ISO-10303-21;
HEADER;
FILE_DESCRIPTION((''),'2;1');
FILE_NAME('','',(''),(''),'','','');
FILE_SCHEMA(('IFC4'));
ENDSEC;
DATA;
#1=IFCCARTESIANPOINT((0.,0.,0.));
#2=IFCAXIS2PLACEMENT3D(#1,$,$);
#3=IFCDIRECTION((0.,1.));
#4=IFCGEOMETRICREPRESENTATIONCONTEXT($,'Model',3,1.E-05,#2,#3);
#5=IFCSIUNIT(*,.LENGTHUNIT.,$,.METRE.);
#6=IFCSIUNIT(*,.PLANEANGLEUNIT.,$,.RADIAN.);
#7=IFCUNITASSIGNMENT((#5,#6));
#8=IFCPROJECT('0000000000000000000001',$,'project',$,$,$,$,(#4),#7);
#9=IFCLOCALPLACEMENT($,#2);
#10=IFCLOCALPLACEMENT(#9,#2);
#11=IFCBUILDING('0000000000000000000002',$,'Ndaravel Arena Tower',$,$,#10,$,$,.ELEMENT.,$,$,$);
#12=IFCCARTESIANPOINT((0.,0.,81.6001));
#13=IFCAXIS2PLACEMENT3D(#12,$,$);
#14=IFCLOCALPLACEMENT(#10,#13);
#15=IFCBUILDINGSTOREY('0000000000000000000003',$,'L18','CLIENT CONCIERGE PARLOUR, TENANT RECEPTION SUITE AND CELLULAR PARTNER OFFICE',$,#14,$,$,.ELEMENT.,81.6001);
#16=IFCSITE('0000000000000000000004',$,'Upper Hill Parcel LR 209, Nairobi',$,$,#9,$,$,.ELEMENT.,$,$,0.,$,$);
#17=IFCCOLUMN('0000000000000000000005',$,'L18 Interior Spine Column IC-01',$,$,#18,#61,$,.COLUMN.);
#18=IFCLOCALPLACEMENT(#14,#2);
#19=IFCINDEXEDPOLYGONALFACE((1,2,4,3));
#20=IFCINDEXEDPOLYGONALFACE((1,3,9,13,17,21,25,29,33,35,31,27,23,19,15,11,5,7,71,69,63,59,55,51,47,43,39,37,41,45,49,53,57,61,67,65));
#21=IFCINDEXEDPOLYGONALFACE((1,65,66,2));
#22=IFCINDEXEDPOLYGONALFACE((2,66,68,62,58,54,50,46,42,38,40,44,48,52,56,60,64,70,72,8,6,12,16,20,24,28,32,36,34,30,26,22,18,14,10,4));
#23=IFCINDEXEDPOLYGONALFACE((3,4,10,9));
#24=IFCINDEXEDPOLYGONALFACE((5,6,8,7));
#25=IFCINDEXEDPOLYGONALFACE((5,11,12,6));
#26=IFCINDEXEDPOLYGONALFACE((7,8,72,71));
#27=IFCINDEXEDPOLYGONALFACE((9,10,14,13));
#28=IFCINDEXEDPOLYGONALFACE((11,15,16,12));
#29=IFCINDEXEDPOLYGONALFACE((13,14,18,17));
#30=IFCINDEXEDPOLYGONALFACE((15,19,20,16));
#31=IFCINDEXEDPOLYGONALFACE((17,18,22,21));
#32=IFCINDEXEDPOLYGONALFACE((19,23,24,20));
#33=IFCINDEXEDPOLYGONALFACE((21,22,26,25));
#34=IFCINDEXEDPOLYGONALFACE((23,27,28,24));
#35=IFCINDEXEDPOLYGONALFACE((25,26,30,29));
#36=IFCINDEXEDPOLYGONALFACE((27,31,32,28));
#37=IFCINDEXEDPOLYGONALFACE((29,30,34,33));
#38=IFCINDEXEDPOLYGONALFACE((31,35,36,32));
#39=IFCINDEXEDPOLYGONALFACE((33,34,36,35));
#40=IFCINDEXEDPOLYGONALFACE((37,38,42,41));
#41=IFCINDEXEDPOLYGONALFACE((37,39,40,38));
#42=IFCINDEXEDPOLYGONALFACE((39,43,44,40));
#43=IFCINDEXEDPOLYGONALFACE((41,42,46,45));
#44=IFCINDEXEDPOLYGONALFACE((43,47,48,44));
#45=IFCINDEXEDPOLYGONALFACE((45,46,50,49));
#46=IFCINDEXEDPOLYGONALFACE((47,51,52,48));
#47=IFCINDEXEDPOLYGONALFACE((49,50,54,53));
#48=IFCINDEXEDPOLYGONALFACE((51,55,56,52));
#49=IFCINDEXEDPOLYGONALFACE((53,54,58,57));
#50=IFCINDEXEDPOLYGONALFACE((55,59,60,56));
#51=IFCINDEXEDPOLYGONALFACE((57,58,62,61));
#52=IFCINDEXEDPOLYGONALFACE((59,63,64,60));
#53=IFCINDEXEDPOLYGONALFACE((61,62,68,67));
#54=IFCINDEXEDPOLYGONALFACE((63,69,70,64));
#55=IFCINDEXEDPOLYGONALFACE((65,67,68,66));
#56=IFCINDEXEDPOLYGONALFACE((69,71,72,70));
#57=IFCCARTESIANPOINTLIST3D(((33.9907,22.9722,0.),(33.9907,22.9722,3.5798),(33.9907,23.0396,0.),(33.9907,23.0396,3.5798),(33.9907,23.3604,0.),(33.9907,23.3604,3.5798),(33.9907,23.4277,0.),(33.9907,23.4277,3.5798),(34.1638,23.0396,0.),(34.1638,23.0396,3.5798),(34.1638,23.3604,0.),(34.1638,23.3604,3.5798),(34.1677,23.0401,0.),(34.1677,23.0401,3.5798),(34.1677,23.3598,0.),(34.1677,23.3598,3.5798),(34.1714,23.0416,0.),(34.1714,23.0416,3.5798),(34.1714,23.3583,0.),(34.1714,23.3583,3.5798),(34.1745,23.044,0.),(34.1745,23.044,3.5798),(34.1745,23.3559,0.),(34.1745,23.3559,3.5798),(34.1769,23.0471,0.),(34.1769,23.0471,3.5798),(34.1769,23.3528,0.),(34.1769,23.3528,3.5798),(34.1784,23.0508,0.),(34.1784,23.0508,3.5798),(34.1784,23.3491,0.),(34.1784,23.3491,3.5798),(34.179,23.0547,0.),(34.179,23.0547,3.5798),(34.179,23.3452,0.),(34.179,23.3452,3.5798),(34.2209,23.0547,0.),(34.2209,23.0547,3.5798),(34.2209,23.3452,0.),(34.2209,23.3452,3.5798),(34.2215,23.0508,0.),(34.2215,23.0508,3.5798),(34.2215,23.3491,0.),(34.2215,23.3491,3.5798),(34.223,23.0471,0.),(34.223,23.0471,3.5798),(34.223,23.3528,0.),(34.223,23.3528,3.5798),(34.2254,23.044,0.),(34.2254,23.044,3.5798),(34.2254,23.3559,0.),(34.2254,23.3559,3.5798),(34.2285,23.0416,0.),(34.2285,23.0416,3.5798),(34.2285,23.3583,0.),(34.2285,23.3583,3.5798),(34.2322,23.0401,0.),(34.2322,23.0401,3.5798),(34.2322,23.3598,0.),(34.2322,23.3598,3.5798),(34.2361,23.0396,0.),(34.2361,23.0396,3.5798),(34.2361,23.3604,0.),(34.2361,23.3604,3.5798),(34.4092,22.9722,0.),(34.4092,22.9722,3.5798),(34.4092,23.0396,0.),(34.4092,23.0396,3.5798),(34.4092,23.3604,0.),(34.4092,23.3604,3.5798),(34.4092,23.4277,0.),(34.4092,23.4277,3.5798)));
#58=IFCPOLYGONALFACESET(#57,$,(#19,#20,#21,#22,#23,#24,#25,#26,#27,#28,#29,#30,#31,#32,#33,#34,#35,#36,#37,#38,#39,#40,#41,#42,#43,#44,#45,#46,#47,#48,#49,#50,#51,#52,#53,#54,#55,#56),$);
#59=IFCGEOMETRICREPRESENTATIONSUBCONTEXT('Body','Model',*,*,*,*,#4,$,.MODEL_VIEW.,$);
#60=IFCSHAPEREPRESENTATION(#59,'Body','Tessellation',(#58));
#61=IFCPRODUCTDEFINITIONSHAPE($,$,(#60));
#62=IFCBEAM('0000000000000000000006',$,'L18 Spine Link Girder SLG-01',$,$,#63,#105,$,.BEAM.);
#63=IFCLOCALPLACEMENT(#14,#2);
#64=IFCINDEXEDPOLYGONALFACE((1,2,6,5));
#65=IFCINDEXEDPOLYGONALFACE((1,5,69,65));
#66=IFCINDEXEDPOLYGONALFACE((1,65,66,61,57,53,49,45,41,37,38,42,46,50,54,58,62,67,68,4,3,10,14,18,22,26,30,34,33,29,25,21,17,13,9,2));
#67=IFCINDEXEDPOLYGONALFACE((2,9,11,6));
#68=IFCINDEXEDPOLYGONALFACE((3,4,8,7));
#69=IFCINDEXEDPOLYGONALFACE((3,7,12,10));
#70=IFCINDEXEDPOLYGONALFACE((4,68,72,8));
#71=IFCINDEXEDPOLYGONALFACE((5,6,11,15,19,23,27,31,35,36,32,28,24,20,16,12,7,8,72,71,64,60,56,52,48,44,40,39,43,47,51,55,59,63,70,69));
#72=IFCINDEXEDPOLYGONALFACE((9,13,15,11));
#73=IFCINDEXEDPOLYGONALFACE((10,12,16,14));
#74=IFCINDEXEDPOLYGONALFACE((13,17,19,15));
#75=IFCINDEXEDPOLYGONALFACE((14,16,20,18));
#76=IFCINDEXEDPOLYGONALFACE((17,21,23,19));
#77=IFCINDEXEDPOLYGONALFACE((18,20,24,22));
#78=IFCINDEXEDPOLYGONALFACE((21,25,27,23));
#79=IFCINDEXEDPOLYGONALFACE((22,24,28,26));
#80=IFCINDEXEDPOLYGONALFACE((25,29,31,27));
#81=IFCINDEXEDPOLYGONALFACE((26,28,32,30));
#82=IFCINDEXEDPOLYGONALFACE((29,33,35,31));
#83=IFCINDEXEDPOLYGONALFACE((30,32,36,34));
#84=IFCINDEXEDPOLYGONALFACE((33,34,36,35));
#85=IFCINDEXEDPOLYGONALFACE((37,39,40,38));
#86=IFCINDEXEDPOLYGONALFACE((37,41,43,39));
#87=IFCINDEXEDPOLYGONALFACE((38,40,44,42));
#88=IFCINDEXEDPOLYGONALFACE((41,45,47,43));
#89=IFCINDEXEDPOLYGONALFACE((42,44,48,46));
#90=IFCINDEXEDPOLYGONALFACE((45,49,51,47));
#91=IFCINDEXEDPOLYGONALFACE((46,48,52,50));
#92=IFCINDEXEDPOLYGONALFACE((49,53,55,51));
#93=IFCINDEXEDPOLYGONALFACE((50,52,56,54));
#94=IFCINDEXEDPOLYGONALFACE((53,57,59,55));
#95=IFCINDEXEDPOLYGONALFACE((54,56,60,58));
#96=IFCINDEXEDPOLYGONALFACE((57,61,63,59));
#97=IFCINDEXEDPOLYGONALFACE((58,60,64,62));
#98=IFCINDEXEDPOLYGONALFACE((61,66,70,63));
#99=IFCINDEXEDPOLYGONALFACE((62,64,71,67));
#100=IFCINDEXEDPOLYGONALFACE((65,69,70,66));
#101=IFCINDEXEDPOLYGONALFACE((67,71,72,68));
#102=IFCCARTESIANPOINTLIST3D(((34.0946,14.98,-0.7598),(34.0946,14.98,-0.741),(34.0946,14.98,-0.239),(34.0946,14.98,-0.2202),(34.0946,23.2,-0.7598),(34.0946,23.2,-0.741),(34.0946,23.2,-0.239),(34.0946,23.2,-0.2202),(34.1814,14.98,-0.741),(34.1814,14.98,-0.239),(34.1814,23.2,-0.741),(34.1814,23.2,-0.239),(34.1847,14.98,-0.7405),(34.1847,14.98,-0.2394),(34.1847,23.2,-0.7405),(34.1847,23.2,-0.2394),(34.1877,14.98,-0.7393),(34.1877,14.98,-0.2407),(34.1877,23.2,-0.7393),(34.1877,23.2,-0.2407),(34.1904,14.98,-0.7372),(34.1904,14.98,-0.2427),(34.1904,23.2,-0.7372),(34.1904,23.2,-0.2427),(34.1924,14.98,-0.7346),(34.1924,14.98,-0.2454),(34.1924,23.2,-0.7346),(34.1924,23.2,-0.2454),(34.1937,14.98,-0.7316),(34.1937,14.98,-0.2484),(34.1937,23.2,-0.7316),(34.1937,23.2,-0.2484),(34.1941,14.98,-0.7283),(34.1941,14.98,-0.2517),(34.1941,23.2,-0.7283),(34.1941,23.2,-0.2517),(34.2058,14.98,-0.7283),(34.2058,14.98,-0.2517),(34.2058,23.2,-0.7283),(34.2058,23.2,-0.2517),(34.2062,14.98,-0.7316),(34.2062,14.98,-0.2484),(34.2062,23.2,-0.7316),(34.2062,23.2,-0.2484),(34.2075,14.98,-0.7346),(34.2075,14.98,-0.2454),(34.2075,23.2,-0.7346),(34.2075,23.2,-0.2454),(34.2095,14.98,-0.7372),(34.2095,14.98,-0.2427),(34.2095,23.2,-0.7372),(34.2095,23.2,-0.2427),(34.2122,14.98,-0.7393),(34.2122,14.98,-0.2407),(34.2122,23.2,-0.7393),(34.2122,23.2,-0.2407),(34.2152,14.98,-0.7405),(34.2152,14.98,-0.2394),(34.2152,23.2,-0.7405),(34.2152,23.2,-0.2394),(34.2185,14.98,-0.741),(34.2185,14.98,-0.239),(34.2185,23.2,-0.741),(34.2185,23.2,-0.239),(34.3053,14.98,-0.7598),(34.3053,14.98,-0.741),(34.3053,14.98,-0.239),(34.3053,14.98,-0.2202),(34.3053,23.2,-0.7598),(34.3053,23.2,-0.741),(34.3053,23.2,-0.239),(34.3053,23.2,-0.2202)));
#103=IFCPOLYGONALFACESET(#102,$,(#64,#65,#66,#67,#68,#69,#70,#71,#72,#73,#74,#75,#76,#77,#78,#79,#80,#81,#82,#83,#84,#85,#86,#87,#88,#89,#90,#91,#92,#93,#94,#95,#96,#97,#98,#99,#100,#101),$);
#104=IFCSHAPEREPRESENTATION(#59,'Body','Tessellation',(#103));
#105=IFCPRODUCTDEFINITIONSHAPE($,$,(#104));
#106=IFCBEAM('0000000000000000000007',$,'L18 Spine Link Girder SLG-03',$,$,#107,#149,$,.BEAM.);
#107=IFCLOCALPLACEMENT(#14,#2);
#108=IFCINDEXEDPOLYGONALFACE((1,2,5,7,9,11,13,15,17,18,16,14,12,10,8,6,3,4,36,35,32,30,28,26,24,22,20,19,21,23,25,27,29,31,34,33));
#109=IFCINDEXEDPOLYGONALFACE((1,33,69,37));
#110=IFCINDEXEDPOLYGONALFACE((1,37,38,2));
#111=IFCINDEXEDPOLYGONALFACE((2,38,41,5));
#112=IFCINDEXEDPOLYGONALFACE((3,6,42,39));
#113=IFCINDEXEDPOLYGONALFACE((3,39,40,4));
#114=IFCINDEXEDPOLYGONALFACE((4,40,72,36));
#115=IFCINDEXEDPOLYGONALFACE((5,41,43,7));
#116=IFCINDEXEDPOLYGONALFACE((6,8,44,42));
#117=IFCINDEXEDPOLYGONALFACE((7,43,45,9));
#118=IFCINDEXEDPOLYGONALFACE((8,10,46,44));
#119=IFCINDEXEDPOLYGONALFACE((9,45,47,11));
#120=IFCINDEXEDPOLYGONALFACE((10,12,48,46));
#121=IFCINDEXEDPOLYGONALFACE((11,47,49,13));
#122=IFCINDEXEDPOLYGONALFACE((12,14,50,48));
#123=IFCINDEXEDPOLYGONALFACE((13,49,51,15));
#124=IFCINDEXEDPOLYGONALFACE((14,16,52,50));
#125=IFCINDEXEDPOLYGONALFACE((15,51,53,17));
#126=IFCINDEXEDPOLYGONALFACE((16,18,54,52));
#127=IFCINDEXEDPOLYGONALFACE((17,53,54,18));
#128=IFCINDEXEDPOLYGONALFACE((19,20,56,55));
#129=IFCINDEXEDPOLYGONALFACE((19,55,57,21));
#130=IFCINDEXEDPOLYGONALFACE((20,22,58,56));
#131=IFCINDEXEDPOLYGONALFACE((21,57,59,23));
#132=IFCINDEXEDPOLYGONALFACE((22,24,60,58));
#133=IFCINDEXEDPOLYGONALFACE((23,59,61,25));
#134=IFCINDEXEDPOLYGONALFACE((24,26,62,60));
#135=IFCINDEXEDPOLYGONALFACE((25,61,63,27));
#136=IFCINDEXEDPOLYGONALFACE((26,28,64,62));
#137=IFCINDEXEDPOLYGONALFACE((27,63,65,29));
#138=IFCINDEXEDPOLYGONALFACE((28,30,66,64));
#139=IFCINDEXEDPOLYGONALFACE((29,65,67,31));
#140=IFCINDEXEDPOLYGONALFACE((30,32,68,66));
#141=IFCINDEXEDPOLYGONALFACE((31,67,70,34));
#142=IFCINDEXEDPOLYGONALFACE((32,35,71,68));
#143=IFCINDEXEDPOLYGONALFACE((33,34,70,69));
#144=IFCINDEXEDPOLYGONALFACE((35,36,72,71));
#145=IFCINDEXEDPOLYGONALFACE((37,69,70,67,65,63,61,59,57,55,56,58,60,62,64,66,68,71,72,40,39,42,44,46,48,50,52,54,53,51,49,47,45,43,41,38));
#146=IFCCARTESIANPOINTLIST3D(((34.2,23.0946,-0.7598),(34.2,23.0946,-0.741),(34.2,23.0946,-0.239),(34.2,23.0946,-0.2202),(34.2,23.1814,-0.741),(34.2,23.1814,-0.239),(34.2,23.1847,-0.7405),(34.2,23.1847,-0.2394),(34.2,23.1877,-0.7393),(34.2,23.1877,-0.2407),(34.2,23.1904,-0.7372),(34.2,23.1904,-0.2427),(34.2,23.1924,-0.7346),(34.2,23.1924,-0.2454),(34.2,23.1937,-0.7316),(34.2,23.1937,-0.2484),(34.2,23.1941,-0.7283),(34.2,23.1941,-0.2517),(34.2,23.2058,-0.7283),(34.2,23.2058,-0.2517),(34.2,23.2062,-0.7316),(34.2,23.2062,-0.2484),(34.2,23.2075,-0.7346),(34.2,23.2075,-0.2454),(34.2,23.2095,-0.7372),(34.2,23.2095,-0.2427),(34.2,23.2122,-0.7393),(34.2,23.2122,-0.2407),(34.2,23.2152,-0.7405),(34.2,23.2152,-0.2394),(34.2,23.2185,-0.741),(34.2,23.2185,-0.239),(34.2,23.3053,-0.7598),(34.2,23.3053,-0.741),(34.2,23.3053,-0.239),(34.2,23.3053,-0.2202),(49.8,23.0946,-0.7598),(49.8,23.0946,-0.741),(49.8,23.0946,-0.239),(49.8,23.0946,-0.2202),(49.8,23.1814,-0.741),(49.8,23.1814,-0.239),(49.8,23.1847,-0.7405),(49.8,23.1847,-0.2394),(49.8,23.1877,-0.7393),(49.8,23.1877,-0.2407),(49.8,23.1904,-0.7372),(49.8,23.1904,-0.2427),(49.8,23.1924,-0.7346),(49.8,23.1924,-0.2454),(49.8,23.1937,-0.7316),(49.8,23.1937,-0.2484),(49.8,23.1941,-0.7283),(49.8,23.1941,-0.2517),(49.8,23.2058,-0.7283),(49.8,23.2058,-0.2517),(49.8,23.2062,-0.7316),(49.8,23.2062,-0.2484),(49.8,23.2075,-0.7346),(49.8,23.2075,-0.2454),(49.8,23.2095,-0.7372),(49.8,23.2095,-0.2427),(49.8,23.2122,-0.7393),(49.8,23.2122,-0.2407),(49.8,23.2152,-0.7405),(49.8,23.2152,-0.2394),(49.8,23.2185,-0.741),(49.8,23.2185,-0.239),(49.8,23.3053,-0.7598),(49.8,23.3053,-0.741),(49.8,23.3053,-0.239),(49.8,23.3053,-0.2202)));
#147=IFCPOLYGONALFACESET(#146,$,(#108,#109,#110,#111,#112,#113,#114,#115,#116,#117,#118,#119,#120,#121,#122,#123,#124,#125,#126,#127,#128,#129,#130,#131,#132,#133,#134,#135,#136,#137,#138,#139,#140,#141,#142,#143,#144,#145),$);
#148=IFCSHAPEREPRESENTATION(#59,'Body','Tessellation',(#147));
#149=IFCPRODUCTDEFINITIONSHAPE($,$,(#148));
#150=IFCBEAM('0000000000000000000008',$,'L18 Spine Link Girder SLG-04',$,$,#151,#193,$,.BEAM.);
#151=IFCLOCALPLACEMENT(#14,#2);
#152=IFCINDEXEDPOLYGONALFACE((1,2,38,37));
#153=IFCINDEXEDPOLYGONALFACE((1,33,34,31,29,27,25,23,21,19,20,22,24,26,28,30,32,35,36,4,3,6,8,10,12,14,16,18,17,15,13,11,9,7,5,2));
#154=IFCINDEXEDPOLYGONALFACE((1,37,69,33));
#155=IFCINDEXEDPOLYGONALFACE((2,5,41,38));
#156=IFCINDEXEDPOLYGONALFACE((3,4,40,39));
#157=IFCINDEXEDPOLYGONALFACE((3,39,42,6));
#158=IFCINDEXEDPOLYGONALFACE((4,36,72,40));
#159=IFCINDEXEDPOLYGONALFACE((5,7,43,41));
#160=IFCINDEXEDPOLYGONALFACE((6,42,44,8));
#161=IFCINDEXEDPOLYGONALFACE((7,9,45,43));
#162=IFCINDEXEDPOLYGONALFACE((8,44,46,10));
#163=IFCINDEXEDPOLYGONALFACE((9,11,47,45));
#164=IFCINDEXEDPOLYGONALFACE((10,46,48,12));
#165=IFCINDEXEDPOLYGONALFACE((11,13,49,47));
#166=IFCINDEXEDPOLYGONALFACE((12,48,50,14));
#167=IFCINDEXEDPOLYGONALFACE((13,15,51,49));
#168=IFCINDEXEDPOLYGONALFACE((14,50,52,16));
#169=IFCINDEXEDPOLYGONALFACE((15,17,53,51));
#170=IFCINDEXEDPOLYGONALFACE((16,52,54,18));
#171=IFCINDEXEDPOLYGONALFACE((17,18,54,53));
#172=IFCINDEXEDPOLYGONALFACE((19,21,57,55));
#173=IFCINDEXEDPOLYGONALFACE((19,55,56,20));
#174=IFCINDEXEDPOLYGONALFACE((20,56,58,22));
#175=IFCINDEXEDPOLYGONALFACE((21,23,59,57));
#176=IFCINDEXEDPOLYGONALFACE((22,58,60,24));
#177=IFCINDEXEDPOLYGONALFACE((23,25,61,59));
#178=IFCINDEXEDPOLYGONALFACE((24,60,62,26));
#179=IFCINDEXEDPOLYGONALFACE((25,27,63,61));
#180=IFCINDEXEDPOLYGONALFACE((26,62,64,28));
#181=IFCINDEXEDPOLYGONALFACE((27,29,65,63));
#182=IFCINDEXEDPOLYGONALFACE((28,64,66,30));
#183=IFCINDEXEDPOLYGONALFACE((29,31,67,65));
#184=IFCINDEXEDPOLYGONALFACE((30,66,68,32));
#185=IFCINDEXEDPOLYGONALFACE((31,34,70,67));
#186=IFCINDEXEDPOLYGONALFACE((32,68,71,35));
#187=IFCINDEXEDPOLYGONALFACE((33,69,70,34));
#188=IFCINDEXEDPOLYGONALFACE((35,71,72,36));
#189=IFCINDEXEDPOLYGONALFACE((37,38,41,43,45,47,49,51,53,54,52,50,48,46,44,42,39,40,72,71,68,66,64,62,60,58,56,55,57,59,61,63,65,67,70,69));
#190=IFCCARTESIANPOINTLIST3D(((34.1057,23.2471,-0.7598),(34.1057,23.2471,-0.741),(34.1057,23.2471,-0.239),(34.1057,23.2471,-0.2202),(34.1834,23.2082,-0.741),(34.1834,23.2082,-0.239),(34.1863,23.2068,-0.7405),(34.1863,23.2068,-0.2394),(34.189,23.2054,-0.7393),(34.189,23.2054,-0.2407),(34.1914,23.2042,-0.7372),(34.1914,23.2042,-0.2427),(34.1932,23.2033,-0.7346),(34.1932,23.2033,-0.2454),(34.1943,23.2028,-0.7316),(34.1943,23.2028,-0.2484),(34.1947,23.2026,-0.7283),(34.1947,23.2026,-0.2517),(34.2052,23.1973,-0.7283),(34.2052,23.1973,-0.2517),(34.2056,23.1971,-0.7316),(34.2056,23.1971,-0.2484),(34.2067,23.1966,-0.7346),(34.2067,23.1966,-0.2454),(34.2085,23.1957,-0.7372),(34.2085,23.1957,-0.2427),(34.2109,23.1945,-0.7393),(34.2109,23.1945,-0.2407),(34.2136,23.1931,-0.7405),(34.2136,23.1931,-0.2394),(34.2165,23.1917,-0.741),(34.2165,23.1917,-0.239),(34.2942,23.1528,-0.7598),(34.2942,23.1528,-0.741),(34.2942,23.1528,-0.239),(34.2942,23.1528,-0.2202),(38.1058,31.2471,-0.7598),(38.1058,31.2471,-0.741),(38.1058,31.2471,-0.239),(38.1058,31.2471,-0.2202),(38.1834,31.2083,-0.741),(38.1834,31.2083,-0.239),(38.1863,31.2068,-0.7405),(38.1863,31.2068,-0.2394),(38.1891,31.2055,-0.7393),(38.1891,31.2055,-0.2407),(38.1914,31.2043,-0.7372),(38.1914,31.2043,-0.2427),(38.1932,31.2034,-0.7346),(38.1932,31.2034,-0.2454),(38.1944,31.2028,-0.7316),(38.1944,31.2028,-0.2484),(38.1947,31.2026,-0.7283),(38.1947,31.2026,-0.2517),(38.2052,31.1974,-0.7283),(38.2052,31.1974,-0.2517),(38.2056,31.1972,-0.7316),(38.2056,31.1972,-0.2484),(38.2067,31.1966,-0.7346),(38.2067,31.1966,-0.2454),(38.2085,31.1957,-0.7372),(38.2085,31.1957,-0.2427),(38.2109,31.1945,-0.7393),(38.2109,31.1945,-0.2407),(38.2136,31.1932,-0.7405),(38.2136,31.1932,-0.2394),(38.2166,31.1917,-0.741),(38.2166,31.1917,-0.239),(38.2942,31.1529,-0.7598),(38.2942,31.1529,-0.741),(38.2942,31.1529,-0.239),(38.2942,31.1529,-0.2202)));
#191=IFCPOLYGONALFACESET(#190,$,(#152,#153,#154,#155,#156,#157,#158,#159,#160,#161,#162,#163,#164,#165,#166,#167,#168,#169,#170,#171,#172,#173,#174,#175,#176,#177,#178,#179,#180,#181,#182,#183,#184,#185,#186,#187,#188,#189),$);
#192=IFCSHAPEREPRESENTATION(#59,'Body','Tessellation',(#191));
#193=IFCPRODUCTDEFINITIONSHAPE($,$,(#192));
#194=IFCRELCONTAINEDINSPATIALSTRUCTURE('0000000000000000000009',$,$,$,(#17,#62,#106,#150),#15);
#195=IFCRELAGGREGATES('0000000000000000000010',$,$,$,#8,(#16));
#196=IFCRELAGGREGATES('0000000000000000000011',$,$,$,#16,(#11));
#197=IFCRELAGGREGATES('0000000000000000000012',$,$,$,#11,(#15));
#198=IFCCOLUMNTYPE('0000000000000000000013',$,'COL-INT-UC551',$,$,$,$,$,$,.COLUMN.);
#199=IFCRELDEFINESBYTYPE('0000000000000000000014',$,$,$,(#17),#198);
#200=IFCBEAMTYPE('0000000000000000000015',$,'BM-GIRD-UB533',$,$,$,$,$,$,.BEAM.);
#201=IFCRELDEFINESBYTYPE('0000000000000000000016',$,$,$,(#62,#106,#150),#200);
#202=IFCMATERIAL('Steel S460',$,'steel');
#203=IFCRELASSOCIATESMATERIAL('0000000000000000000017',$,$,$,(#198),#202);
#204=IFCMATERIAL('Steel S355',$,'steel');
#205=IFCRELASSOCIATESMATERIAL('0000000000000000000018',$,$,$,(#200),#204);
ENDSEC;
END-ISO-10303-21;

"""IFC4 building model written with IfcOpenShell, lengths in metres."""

from ifc_helpers import new_model, si_unit, direction, frame, origin, origin_2d, place, context, subcontext, project, spatial, i_section, extrude, material, material_profile, profile_set, type_object, element, save


model = new_model("IFC4")

# Units and contexts
model_context = context("Model", 3, precision=1e-05, world=origin(), true_north=direction((0.0, 1.0)))
body_context = subcontext(model_context, "Body", "Model", "MODEL_VIEW")
ifc_project = project(units=[si_unit("LENGTHUNIT", "METRE"), si_unit("PLANEANGLEUNIT", "RADIAN")], contexts=[model_context])

# Site, building, storey
site_placement = place(None, origin())
site = spatial("IfcSite", under=ifc_project, at=site_placement, Name="Upper Hill Parcel LR 209, Nairobi", CompositionType="ELEMENT", RefElevation=0.0)
building_placement = place(site_placement, origin())
building = spatial("IfcBuilding", under=site, at=building_placement, Name="Ndaravel Arena Tower", CompositionType="ELEMENT")
storey_placement = place(building_placement, frame((0.0, 0.0, 81.6001)))
storey = spatial("IfcBuildingStorey", under=building, at=storey_placement, Name="L18", Description="CLIENT CONCIERGE PARLOUR, TENANT RECEPTION SUITE AND CELLULAR PARTNER OFFICE", CompositionType="ELEMENT", Elevation=81.6001)

# Column
ifc_material_1 = material(Name="Steel S460", Category="steel")
ifc_material_profile_1 = material_profile(ifc_material_1, i_section(OverallWidth=0.4185, OverallDepth=0.4556, WebThickness=0.042, FlangeThickness=0.0674, FilletRadius=0.0151, at=origin_2d()), Name="UC 356x406x551")
ifc_profile_set_1 = profile_set([ifc_material_profile_1], Name="Steel S460")
column_type = type_object("IfcColumnType", Name="COL-INT-UC551", PredefinedType="COLUMN", material=ifc_profile_set_1)
column_placement = place(storey_placement, frame((34.2, 23.2, 0.0), z_axis=(0.0, 0.0, 1.0), x_axis=(1.0, 0.0, 0.0)))
element("IfcColumn", 1, at=column_placement, inside=storey, type_object=column_type, Name="L18 Interior Spine Column IC-01", PredefinedType="COLUMN", context=body_context, shape_type="SweptSolid", body=[
    extrude(i_section(OverallWidth=0.4185, OverallDepth=0.4556, WebThickness=0.042, FlangeThickness=0.0674, FilletRadius=0.0151, at=origin_2d()), origin(), (0.0, 0.0, 1.0), 3.5798),
])

# Beams
ifc_material_2 = material(Name="Steel S355", Category="steel")
ifc_material_profile_2 = material_profile(ifc_material_2, i_section(OverallWidth=0.2107, OverallDepth=0.5396, WebThickness=0.0117, FlangeThickness=0.0188, FilletRadius=0.0127, at=origin_2d()), Name="UB 533x210x109")
ifc_profile_set_2 = profile_set([ifc_material_profile_2], Name="Steel S355")
beam_type = type_object("IfcBeamType", Name="BM-GIRD-UB533", PredefinedType="BEAM", material=ifc_profile_set_2)
beam_1_placement = place(storey_placement, frame((34.2, 14.98, -0.49), z_axis=(0.0, 1.0, 0.0), x_axis=(-1.0, 0.0, 0.0)))
element("IfcBeam", 2, at=beam_1_placement, inside=storey, type_object=beam_type, Name="L18 Spine Link Girder SLG-01", PredefinedType="BEAM", context=body_context, shape_type="SweptSolid", body=[
    extrude(i_section(OverallWidth=0.2107, OverallDepth=0.5396, WebThickness=0.0117, FlangeThickness=0.0188, FilletRadius=0.0127, at=origin_2d()), origin(), (0.0, 0.0, 1.0), 8.22),
])
beam_2_placement = place(storey_placement, frame((34.2, 23.2, -0.49), z_axis=(1.0, 0.0, 0.0), x_axis=(0.0, 1.0, 0.0)))
element("IfcBeam", 3, at=beam_2_placement, inside=storey, type_object=beam_type, Name="L18 Spine Link Girder SLG-03", PredefinedType="BEAM", context=body_context, shape_type="SweptSolid", body=[
    extrude(i_section(OverallWidth=0.2107, OverallDepth=0.5396, WebThickness=0.0117, FlangeThickness=0.0188, FilletRadius=0.0127, at=origin_2d()), origin(), (0.0, 0.0, 1.0), 15.6001),
])
beam_3_placement = place(storey_placement, frame((34.2, 23.2, -0.49), z_axis=(0.447214, 0.894427, 0.0), x_axis=(-0.894427, 0.447214, 0.0)))
element("IfcBeam", 4, at=beam_3_placement, inside=storey, type_object=beam_type, Name="L18 Spine Link Girder SLG-04", PredefinedType="BEAM", context=body_context, shape_type="SweptSolid", body=[
    extrude(i_section(OverallWidth=0.2107, OverallDepth=0.5396, WebThickness=0.0117, FlangeThickness=0.0188, FilletRadius=0.0127, at=origin_2d()), origin(), (0.0, 0.0, 1.0), 8.9443),
])

save(model, "model.ifc")
